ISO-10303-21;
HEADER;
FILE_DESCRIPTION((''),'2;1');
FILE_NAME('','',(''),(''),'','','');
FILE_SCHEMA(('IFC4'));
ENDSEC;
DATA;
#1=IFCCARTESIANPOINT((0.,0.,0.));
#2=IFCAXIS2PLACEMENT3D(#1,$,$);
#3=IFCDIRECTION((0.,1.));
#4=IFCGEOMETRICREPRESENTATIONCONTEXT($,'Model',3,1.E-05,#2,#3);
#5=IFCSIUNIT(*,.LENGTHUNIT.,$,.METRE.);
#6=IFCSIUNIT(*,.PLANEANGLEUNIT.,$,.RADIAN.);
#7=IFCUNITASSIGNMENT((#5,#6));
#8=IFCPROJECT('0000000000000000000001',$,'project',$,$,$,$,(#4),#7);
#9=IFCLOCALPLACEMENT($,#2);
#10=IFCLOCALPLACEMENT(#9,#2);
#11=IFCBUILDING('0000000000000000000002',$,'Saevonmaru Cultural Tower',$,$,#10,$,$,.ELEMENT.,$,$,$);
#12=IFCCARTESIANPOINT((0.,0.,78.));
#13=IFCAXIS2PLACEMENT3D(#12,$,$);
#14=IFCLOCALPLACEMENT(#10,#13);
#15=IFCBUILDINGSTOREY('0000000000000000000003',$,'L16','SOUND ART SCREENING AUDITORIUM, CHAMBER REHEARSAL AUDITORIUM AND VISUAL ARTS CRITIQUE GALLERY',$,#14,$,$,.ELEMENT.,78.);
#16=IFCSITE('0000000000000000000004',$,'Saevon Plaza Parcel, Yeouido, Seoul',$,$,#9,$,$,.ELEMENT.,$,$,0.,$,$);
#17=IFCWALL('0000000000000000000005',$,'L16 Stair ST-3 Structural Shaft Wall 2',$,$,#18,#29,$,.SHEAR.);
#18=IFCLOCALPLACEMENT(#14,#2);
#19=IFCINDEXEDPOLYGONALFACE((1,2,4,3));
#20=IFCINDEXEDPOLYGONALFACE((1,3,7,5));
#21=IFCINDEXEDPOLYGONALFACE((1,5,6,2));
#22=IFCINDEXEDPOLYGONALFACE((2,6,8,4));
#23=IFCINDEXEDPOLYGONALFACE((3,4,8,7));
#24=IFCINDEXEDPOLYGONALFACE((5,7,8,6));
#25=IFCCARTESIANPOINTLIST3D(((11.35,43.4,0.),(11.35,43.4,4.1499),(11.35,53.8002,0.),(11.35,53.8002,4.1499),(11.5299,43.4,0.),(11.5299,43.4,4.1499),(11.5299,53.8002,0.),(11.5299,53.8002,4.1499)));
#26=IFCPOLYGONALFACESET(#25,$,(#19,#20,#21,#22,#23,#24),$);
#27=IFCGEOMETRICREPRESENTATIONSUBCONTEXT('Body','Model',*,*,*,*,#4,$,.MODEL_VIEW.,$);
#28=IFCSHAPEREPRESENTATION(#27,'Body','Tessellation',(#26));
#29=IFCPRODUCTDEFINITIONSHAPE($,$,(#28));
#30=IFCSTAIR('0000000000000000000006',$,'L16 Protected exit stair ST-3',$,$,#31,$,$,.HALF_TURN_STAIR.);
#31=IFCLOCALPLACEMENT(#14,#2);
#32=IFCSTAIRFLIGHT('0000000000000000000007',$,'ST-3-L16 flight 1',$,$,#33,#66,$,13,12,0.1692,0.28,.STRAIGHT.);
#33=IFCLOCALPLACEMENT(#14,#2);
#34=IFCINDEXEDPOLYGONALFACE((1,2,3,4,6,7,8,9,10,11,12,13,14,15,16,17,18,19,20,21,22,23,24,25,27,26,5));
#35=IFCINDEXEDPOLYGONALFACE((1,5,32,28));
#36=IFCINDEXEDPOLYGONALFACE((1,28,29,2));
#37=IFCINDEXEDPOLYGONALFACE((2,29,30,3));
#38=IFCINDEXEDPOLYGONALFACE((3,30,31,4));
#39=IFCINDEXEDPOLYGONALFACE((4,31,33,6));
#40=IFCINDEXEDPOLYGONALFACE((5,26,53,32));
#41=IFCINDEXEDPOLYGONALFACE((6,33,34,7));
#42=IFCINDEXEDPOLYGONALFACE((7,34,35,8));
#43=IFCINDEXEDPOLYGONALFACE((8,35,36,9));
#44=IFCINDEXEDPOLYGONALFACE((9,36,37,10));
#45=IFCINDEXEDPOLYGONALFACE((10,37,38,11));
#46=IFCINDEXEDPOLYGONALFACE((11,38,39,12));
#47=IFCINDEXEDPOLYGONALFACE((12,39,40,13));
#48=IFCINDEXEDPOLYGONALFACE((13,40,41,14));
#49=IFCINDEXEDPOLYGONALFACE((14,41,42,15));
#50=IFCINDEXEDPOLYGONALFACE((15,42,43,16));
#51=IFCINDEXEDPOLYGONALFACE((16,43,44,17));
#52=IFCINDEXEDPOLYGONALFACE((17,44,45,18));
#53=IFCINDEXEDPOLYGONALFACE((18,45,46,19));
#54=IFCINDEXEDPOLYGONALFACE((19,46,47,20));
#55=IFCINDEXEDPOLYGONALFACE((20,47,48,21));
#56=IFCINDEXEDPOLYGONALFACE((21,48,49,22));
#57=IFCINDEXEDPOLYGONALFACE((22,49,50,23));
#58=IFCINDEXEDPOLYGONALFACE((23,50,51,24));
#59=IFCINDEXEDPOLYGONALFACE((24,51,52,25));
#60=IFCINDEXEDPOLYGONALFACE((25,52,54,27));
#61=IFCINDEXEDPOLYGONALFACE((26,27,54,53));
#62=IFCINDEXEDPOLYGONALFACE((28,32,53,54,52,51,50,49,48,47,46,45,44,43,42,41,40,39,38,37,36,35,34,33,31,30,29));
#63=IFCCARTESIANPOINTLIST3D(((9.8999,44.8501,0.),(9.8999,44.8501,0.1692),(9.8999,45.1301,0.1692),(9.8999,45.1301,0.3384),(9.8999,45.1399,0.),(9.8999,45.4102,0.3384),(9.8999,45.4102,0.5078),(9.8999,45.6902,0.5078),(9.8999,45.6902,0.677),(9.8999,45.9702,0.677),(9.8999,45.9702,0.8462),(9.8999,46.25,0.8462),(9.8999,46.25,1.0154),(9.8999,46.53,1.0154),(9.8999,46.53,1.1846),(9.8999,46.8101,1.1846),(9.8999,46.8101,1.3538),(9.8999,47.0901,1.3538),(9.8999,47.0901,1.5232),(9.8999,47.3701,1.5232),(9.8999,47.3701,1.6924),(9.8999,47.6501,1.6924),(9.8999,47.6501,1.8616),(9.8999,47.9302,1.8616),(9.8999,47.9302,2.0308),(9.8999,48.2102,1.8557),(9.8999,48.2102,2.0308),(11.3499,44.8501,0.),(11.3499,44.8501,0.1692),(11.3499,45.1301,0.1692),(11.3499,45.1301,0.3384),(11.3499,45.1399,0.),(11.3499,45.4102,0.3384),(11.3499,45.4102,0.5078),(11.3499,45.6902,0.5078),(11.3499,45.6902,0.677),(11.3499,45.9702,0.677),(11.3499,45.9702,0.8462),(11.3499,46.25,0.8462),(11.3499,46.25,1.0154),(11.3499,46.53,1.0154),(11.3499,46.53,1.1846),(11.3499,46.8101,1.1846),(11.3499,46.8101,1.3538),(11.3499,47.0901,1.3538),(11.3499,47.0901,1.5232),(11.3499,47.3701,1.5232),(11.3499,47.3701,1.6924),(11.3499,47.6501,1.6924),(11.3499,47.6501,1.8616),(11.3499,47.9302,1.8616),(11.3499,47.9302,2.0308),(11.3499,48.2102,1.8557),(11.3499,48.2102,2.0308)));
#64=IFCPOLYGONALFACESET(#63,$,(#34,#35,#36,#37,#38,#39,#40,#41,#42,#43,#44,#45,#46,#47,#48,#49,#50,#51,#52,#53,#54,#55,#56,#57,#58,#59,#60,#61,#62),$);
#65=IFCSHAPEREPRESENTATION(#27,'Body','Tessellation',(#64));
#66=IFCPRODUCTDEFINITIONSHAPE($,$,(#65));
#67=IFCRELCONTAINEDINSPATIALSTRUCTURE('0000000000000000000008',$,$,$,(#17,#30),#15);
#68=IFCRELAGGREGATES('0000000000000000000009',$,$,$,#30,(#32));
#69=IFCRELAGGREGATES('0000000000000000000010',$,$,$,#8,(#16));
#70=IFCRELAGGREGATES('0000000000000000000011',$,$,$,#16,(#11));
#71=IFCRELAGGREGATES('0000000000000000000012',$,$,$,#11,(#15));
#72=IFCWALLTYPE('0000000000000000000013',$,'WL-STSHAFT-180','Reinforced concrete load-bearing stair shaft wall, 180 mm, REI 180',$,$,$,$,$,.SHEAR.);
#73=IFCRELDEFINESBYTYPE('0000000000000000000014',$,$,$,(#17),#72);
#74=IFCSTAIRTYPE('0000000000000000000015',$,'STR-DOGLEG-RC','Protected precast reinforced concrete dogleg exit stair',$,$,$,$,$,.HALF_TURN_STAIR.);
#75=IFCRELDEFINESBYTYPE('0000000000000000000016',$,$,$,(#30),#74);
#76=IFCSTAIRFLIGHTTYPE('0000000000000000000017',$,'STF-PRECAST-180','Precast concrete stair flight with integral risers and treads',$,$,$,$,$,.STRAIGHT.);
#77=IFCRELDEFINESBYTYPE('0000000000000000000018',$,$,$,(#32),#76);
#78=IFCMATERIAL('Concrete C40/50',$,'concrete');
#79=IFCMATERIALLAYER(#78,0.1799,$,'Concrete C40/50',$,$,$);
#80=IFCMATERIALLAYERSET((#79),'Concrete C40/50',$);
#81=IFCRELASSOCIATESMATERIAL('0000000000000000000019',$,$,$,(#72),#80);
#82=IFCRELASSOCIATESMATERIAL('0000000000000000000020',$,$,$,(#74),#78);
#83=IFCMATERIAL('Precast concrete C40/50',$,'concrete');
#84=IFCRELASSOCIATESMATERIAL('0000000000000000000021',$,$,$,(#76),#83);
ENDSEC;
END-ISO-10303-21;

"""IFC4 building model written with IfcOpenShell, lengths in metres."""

from ifc_helpers import new_model, si_unit, direction, frame, frame_2d, origin, place, context, subcontext, project, spatial, polyline, rectangle, outline, extrude, material, layer, layer_set, type_object, element, aggregate, save


model = new_model("IFC4")

# Units and contexts
model_context = context("Model", 3, precision=1e-05, world=origin(), true_north=direction((0.0, 1.0)))
body_context = subcontext(model_context, "Body", "Model", "MODEL_VIEW")
ifc_project = project(units=[si_unit("LENGTHUNIT", "METRE"), si_unit("PLANEANGLEUNIT", "RADIAN")], contexts=[model_context])

# Site, building, storey
site_placement = place(None, origin())
site = spatial("IfcSite", under=ifc_project, at=site_placement, Name="Saevon Plaza Parcel, Yeouido, Seoul", CompositionType="ELEMENT", RefElevation=0.0)
building_placement = place(site_placement, origin())
building = spatial("IfcBuilding", under=site, at=building_placement, Name="Saevonmaru Cultural Tower", CompositionType="ELEMENT")
storey_placement = place(building_placement, frame((0.0, 0.0, 78.0)))
storey = spatial("IfcBuildingStorey", under=building, at=storey_placement, Name="L16", Description="SOUND ART SCREENING AUDITORIUM, CHAMBER REHEARSAL AUDITORIUM AND VISUAL ARTS CRITIQUE GALLERY", CompositionType="ELEMENT", Elevation=78.0)

# Shared definitions
ifc_material_1 = material(Name="Concrete C40/50", Category="concrete")
ifc_layer_1 = layer(ifc_material_1, 0.1799, Name="Concrete C40/50")
ifc_layer_set_1 = layer_set([ifc_layer_1], Name="Concrete C40/50")
wall_type_1 = type_object("IfcWallType", Name="WL-STSHAFT-180", Description="Reinforced concrete load-bearing stair shaft wall, 180 mm, REI 180", PredefinedType="SHEAR", material=ifc_layer_set_1)

# Wall
wall_1_placement = place(storey_placement, frame((11.4399, 43.3999, 0.0), z_axis=(0.0, 0.0, 1.0), x_axis=(0.0, 1.0, 0.0)))
element("IfcWall", 1, at=wall_1_placement, inside=storey, type_object=wall_type_1, Name="L16 Stair ST-3 Structural Shaft Wall 2", PredefinedType="SHEAR", context=body_context, shape_type="SweptSolid", body=[
    extrude(rectangle(XDim=10.4001, YDim=0.1799, at=frame_2d((5.2002, 0.0))), origin(), (0.0, 0.0, 1.0), 4.1499),
])

# Stair, stair flight
stair_type = type_object("IfcStairType", Name="STR-DOGLEG-RC", Description="Protected precast reinforced concrete dogleg exit stair", PredefinedType="HALF_TURN_STAIR", material=ifc_material_1)
stair_placement = place(storey_placement, origin())
stair = element("IfcStair", 2, at=stair_placement, inside=storey, type_object=stair_type, Name="L16 Protected exit stair ST-3", PredefinedType="HALF_TURN_STAIR")
ifc_material_2 = material(Name="Precast concrete C40/50", Category="concrete")
stair_flight_type = type_object("IfcStairFlightType", Name="STF-PRECAST-180", Description="Precast concrete stair flight with integral risers and treads", PredefinedType="STRAIGHT", material=ifc_material_2)
stair_flight_placement = place(storey_placement, frame((10.625, 44.8501, 0.0), z_axis=(0.0, 0.0, 1.0), x_axis=(0.0, 1.0, 0.0)))
stair_flight = element("IfcStairFlight", 3, at=stair_flight_placement, type_object=stair_flight_type, Name="ST-3-L16 flight 1", NumberOfRisers=13, NumberOfTreads=12, PredefinedType="STRAIGHT", RiserHeight=0.1692, TreadLength=0.28, context=body_context, shape_type="SweptSolid", body=[
    extrude(outline(polyline([(0.0, 0.0), (0.0, 0.1692), (0.28, 0.1692), (0.28, 0.3384), (0.5601, 0.3384), (0.5601, 0.5078), (0.8401, 0.5078), (0.8401, 0.677), (1.1201, 0.677), (1.1201, 0.8462), (1.3999, 0.8462), (1.3999, 1.0154), (1.6799, 1.0154), (1.6799, 1.1846), (1.96, 1.1846), (1.96, 1.3538), (2.24, 1.3538), (2.24, 1.5232), (2.52, 1.5232), (2.52, 1.6924), (2.8, 1.6924), (2.8, 1.8616), (3.0801, 1.8616), (3.0801, 2.0308), (3.3601, 2.0308), (3.3601, 2.2), (3.3601, 1.8557), (0.2898, 0.0), (0.0, 0.0)])), frame((0.0, 0.7251, 0.0), z_axis=(0.0, -1.0, 0.0), x_axis=(1.0, 0.0, 0.0)), (0.0, 0.0, 1.0), 1.45),
])
aggregate(stair, [stair_flight])

save(model, "model.ifc")
